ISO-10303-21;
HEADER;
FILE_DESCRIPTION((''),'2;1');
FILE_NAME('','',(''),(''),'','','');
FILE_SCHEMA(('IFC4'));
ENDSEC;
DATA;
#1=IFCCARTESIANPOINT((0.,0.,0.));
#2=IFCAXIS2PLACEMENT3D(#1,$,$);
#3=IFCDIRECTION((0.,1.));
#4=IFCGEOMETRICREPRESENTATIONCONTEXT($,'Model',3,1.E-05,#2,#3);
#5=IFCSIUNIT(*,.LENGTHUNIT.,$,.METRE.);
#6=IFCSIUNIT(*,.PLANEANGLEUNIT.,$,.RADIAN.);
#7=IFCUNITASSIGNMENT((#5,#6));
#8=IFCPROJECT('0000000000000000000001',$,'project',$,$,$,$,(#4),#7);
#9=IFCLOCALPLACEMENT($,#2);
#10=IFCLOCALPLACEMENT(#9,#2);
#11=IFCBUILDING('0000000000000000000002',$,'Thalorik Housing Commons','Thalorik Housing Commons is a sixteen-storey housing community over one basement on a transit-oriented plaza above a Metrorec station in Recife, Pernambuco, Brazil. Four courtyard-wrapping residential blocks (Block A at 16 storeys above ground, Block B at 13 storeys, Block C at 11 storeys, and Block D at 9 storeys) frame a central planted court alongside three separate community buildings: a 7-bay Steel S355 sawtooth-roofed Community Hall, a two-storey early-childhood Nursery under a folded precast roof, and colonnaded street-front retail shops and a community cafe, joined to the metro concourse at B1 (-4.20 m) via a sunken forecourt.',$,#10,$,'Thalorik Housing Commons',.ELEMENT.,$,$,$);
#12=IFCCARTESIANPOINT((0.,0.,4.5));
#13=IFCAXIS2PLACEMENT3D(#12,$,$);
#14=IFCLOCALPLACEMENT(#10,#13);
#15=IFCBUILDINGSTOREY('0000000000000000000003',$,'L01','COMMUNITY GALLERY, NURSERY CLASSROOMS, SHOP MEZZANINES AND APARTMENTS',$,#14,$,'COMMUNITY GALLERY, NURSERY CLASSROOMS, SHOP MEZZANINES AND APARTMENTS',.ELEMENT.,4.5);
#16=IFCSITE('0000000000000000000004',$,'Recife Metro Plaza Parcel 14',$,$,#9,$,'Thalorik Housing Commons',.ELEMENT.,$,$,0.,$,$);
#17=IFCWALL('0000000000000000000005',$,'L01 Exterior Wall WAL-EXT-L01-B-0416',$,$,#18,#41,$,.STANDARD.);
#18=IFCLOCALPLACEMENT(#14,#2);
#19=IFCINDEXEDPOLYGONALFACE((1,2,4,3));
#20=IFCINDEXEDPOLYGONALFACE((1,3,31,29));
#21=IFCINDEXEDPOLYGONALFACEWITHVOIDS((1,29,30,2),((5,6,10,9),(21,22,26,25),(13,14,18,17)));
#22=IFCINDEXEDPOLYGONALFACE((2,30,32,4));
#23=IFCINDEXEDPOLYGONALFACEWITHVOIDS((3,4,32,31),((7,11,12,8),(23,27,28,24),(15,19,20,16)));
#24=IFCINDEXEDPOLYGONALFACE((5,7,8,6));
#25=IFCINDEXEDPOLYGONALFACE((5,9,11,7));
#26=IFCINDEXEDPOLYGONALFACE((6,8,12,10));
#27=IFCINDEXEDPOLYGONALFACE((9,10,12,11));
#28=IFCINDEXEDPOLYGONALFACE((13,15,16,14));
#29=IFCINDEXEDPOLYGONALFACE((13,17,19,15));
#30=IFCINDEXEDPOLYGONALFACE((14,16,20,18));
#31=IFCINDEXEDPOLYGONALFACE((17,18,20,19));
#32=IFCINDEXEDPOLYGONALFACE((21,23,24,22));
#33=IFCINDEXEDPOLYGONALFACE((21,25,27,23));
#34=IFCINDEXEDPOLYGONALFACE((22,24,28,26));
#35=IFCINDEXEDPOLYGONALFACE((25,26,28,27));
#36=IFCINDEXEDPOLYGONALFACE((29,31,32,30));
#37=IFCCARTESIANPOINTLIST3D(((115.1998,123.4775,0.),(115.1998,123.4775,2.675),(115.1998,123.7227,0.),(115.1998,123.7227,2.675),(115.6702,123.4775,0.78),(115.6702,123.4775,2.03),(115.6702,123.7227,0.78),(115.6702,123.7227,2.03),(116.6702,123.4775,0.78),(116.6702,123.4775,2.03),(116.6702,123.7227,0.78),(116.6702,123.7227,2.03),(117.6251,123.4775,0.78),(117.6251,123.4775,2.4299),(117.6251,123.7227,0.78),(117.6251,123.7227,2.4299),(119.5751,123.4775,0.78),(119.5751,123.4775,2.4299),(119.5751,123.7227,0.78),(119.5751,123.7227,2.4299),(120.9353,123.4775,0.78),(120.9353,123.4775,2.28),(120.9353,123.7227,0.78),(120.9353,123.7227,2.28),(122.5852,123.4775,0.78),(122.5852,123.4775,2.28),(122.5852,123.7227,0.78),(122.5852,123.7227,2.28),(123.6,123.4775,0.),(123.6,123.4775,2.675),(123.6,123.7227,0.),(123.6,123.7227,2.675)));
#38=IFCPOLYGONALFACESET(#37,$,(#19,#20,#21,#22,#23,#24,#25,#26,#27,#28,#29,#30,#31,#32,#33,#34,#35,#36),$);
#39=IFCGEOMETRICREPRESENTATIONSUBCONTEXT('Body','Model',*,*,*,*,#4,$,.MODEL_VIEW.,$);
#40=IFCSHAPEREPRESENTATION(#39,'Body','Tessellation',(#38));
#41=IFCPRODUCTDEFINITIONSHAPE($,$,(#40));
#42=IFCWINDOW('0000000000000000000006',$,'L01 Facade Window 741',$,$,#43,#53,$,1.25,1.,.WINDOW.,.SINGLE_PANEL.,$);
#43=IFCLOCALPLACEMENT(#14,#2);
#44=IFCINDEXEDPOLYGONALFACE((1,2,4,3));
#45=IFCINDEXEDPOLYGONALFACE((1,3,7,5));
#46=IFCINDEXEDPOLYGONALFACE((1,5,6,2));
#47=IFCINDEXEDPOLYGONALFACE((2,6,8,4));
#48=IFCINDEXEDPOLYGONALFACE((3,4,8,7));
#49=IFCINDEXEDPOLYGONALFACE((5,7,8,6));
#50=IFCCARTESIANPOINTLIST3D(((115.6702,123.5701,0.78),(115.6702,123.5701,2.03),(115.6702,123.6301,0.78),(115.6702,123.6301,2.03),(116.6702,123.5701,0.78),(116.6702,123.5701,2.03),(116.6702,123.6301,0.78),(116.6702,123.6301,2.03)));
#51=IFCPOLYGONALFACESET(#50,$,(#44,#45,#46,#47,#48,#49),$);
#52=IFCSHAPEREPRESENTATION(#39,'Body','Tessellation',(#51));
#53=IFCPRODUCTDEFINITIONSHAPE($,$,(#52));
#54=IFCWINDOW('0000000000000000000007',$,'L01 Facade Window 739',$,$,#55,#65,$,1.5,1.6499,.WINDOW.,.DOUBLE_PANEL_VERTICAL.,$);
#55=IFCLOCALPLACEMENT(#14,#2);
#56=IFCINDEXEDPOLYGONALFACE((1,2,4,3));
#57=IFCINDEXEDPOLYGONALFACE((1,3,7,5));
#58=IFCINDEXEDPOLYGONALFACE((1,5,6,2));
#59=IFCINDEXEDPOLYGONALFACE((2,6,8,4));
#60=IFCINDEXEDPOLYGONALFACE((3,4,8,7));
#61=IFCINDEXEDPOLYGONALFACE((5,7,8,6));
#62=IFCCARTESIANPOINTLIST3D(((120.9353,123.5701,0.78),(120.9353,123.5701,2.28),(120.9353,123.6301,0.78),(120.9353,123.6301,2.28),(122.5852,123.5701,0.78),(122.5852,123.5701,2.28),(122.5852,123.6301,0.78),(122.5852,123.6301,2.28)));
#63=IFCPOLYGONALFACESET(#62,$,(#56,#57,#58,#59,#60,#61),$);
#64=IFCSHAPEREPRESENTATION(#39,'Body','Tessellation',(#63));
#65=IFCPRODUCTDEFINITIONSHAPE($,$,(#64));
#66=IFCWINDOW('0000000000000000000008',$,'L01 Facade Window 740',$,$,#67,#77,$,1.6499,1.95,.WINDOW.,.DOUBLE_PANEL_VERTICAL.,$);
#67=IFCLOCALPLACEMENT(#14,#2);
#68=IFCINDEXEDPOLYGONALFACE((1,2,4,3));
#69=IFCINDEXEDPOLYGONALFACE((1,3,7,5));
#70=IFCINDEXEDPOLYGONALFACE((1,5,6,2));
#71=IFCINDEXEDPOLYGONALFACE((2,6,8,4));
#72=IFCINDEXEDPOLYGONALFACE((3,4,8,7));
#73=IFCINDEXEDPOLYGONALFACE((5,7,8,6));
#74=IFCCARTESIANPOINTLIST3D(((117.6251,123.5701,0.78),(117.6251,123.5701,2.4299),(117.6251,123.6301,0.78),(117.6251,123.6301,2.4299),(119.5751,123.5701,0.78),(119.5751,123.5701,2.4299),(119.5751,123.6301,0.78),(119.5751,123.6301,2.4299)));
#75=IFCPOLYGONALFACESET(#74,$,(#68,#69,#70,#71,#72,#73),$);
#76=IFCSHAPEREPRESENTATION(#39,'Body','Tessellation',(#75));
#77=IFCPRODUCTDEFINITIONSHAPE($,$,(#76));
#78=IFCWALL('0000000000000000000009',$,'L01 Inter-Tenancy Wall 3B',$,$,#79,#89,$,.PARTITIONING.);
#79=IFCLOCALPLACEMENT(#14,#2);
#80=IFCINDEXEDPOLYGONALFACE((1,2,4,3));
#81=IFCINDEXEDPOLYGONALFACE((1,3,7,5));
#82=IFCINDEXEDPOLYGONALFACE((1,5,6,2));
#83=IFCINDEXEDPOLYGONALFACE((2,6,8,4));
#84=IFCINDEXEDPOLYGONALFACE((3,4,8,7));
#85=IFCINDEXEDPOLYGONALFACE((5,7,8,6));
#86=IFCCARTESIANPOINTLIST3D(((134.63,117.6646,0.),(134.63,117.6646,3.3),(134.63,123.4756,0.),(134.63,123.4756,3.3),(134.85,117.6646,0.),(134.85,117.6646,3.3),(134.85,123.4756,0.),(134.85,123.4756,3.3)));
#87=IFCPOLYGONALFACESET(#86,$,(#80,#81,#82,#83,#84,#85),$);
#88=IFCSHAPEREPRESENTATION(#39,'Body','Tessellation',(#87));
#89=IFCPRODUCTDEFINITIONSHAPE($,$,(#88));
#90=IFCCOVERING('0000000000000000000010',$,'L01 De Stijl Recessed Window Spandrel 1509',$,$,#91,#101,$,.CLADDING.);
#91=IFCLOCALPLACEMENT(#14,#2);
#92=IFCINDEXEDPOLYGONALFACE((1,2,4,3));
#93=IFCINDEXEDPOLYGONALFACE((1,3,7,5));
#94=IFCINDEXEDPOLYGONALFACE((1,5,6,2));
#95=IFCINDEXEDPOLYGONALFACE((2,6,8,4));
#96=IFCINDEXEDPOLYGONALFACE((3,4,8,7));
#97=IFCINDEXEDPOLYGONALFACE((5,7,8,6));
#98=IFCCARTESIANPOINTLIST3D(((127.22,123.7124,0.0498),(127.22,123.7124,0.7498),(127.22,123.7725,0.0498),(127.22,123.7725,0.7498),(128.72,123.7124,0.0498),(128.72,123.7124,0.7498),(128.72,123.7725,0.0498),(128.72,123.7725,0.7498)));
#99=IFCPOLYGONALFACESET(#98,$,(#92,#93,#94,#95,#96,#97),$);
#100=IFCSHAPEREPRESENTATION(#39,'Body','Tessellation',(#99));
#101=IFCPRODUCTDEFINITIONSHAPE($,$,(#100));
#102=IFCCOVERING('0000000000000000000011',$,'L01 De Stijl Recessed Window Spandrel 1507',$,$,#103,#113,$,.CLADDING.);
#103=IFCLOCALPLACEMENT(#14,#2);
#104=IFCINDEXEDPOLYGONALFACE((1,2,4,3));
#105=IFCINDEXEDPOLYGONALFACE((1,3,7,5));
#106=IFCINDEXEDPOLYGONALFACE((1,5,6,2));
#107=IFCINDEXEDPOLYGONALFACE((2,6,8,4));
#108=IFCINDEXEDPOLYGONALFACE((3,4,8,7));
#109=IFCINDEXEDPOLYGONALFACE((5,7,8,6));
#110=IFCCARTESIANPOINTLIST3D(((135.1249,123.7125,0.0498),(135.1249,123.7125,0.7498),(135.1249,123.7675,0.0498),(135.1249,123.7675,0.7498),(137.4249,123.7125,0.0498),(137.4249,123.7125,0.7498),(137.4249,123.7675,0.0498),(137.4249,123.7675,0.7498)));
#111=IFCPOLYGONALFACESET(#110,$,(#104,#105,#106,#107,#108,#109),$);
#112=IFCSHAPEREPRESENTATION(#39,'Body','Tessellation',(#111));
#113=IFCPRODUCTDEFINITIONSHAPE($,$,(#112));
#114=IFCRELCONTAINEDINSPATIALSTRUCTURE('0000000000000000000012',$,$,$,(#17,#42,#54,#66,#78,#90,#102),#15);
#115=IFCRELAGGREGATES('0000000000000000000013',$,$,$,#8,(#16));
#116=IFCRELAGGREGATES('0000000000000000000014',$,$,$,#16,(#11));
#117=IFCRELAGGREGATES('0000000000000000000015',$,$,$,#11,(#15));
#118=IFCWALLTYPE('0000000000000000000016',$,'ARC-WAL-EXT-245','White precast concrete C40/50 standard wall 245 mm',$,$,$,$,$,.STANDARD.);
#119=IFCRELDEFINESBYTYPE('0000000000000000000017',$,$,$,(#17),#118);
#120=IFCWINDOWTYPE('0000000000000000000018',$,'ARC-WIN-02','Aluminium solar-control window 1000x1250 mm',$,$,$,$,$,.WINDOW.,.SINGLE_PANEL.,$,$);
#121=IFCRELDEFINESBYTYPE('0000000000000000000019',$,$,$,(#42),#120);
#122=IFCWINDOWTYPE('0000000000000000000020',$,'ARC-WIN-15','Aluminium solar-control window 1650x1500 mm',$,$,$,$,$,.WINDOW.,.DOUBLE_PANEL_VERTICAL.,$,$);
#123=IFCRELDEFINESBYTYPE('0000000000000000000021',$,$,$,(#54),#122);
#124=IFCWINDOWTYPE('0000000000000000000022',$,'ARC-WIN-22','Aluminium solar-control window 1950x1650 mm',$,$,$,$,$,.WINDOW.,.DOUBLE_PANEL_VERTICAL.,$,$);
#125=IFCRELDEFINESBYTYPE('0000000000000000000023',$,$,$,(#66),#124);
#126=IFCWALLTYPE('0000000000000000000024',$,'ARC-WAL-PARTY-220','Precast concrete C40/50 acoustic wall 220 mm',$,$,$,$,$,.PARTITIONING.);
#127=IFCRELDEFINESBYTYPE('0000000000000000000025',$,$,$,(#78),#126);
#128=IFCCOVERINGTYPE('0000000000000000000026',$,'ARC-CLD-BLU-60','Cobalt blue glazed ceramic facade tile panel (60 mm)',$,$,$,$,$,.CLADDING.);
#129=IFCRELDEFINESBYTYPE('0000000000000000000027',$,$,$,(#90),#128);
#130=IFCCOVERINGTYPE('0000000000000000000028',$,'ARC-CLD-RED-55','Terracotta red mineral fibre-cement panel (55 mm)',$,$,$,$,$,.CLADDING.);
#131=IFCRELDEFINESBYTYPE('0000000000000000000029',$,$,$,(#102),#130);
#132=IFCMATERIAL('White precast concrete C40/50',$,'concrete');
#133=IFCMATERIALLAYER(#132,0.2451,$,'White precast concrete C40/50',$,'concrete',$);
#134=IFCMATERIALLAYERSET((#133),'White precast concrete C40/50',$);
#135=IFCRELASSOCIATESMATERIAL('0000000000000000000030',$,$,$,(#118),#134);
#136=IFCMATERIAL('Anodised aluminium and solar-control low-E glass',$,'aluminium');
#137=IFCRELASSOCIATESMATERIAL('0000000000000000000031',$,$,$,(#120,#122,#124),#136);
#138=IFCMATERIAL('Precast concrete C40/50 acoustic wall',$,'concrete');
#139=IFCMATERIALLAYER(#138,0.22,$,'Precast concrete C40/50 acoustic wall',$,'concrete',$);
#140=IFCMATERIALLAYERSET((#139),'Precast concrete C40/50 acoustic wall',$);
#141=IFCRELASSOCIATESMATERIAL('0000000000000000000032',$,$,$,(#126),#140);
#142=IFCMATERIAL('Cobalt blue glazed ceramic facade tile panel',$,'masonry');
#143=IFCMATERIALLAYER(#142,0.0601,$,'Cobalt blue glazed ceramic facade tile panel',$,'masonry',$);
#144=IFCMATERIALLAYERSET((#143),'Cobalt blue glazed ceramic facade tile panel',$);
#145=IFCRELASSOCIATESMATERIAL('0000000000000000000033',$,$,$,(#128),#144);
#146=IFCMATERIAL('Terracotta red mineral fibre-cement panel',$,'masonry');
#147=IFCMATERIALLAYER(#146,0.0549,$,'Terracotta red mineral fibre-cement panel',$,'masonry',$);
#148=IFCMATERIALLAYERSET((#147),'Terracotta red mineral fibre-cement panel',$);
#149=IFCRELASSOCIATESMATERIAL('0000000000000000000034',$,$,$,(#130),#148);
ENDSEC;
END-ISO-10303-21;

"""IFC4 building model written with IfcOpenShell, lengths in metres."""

from ifc_helpers import new_model, si_unit, direction, frame, frame_2d, origin, origin_2d, place, context, subcontext, project, spatial, rectangle, extrude, material, layer, layer_set, type_object, element, fill, save


model = new_model("IFC4")

# Units and contexts
model_context = context("Model", 3, precision=1e-05, world=origin(), true_north=direction((0.0, 1.0)))
body_context = subcontext(model_context, "Body", "Model", "MODEL_VIEW")
ifc_project = project(units=[si_unit("LENGTHUNIT", "METRE"), si_unit("PLANEANGLEUNIT", "RADIAN")], contexts=[model_context])

# Site, building, storey
site_placement = place(None, origin())
site = spatial("IfcSite", under=ifc_project, at=site_placement, Name="Recife Metro Plaza Parcel 14", LongName="Thalorik Housing Commons", CompositionType="ELEMENT", RefElevation=0.0)
building_placement = place(site_placement, origin())
building = spatial("IfcBuilding", under=site, at=building_placement, Name="Thalorik Housing Commons", Description="Thalorik Housing Commons is a sixteen-storey housing community over one basement on a transit-oriented plaza above a Metrorec station in Recife, Pernambuco, Brazil. Four courtyard-wrapping residential blocks (Block A at 16 storeys above ground, Block B at 13 storeys, Block C at 11 storeys, and Block D at 9 storeys) frame a central planted court alongside three separate community buildings: a 7-bay Steel S355 sawtooth-roofed Community Hall, a two-storey early-childhood Nursery under a folded precast roof, and colonnaded street-front retail shops and a community cafe, joined to the metro concourse at B1 (-4.20 m) via a sunken forecourt.", LongName="Thalorik Housing Commons", CompositionType="ELEMENT")
storey_placement = place(building_placement, frame((0.0, 0.0, 4.5)))
storey = spatial("IfcBuildingStorey", under=building, at=storey_placement, Name="L01", Description="COMMUNITY GALLERY, NURSERY CLASSROOMS, SHOP MEZZANINES AND APARTMENTS", LongName="COMMUNITY GALLERY, NURSERY CLASSROOMS, SHOP MEZZANINES AND APARTMENTS", CompositionType="ELEMENT", Elevation=4.5)

# Wall, openings, windows
ifc_material_1 = material(Name="White precast concrete C40/50", Category="concrete")
ifc_layer_1 = layer(ifc_material_1, 0.2451, Name="White precast concrete C40/50", Category="concrete")
ifc_layer_set_1 = layer_set([ifc_layer_1], Name="White precast concrete C40/50")
wall_type_1 = type_object("IfcWallType", Name="ARC-WAL-EXT-245", Description="White precast concrete C40/50 standard wall 245 mm", PredefinedType="STANDARD", material=ifc_layer_set_1)
ifc_material_2 = material(Name="Anodised aluminium and solar-control low-E glass", Category="aluminium")
wall_1_placement = place(storey_placement, frame((123.6001, 123.6001, 0.0), z_axis=(0.0, 0.0, 1.0), x_axis=(-1.0, 0.0, 0.0)))
wall_1 = element("IfcWall", 1, at=wall_1_placement, inside=storey, type_object=wall_type_1, Name="L01 Exterior Wall WAL-EXT-L01-B-0416", PredefinedType="STANDARD", context=body_context, shape_type="SweptSolid", body=[
    extrude(rectangle(XDim=8.4001, YDim=0.2451, at=frame_2d((4.2002, 0.0))), origin(), (0.0, 0.0, 1.0), 2.675),
])
opening_1_placement = place(wall_1_placement, frame((1.0149, 0.0, 0.78)))
opening_1 = element("IfcOpeningElement", 2, at=opening_1_placement, cuts=wall_1, PredefinedType="OPENING", context=body_context, shape_type="SweptSolid", body=[
    extrude(rectangle(XDim=1.6499, YDim=1.5, at=frame_2d((0.825, 0.75))), frame((0.0, 0.1326, 0.0), z_axis=(0.0, -1.0, 0.0), x_axis=(1.0, 0.0, 0.0)), (0.0, 0.0, 1.0), 0.2651),
])
opening_2_placement = place(wall_1_placement, frame((4.0249, 0.0, 0.78)))
opening_2 = element("IfcOpeningElement", 3, at=opening_2_placement, cuts=wall_1, PredefinedType="OPENING", context=body_context, shape_type="SweptSolid", body=[
    extrude(rectangle(XDim=1.95, YDim=1.6499, at=frame_2d((0.9751, 0.825))), frame((0.0, 0.1326, 0.0), z_axis=(0.0, -1.0, 0.0), x_axis=(1.0, 0.0, 0.0)), (0.0, 0.0, 1.0), 0.2651),
])
opening_3_placement = place(wall_1_placement, frame((6.9299, 0.0, 0.78)))
opening_3 = element("IfcOpeningElement", 4, at=opening_3_placement, cuts=wall_1, PredefinedType="OPENING", context=body_context, shape_type="SweptSolid", body=[
    extrude(rectangle(XDim=1.0, YDim=1.25, at=frame_2d((0.5, 0.625))), frame((0.0, 0.1326, 0.0), z_axis=(0.0, -1.0, 0.0), x_axis=(1.0, 0.0, 0.0)), (0.0, 0.0, 1.0), 0.2651),
])
window_type_1 = type_object("IfcWindowType", Name="ARC-WIN-02", Description="Aluminium solar-control window 1000x1250 mm", PartitioningType="SINGLE_PANEL", PredefinedType="WINDOW", material=ifc_material_2)
window_1_placement = place(opening_3_placement, origin())
window_1 = element("IfcWindow", 5, at=window_1_placement, inside=storey, type_object=window_type_1, Name="L01 Facade Window 741", OverallHeight=1.25, OverallWidth=1.0, PartitioningType="SINGLE_PANEL", PredefinedType="WINDOW", context=body_context, shape_type="SweptSolid", body=[
    extrude(rectangle(XDim=1.0, YDim=1.25, at=frame_2d((0.5, 0.625))), frame((0.0, 0.03, 0.0), z_axis=(0.0, -1.0, 0.0), x_axis=(1.0, 0.0, 0.0)), (0.0, 0.0, 1.0), 0.0601),
])
fill(opening_3, window_1)
window_type_2 = type_object("IfcWindowType", Name="ARC-WIN-15", Description="Aluminium solar-control window 1650x1500 mm", PartitioningType="DOUBLE_PANEL_VERTICAL", PredefinedType="WINDOW", material=ifc_material_2)
window_2_placement = place(opening_1_placement, origin())
window_2 = element("IfcWindow", 6, at=window_2_placement, inside=storey, type_object=window_type_2, Name="L01 Facade Window 739", OverallHeight=1.5, OverallWidth=1.6499, PartitioningType="DOUBLE_PANEL_VERTICAL", PredefinedType="WINDOW", context=body_context, shape_type="SweptSolid", body=[
    extrude(rectangle(XDim=1.6499, YDim=1.5, at=frame_2d((0.825, 0.75))), frame((0.0, 0.03, 0.0), z_axis=(0.0, -1.0, 0.0), x_axis=(1.0, 0.0, 0.0)), (0.0, 0.0, 1.0), 0.0601),
])
fill(opening_1, window_2)
window_type_3 = type_object("IfcWindowType", Name="ARC-WIN-22", Description="Aluminium solar-control window 1950x1650 mm", PartitioningType="DOUBLE_PANEL_VERTICAL", PredefinedType="WINDOW", material=ifc_material_2)
window_3_placement = place(opening_2_placement, origin())
window_3 = element("IfcWindow", 7, at=window_3_placement, inside=storey, type_object=window_type_3, Name="L01 Facade Window 740", OverallHeight=1.6499, OverallWidth=1.95, PartitioningType="DOUBLE_PANEL_VERTICAL", PredefinedType="WINDOW", context=body_context, shape_type="SweptSolid", body=[
    extrude(rectangle(XDim=1.95, YDim=1.6499, at=frame_2d((0.9751, 0.825))), frame((0.0, 0.03, 0.0), z_axis=(0.0, -1.0, 0.0), x_axis=(1.0, 0.0, 0.0)), (0.0, 0.0, 1.0), 0.0601),
])
fill(opening_2, window_3)

# Wall
ifc_material_3 = material(Name="Precast concrete C40/50 acoustic wall", Category="concrete")
ifc_layer_2 = layer(ifc_material_3, 0.22, Name="Precast concrete C40/50 acoustic wall", Category="concrete")
ifc_layer_set_2 = layer_set([ifc_layer_2], Name="Precast concrete C40/50 acoustic wall")
wall_type_2 = type_object("IfcWallType", Name="ARC-WAL-PARTY-220", Description="Precast concrete C40/50 acoustic wall 220 mm", PredefinedType="PARTITIONING", material=ifc_layer_set_2)
wall_2_placement = place(storey_placement, frame((134.74, 117.6646, 0.0), z_axis=(0.0, 0.0, 1.0), x_axis=(0.0, 1.0, 0.0)))
element("IfcWall", 8, at=wall_2_placement, inside=storey, type_object=wall_type_2, Name="L01 Inter-Tenancy Wall 3B", PredefinedType="PARTITIONING", context=body_context, shape_type="SweptSolid", body=[
    extrude(rectangle(XDim=5.811, YDim=0.22, at=frame_2d((2.9055, 0.0))), origin(), (0.0, 0.0, 1.0), 3.3),
])

# Coverings
ifc_material_4 = material(Name="Cobalt blue glazed ceramic facade tile panel", Category="masonry")
ifc_layer_3 = layer(ifc_material_4, 0.0601, Name="Cobalt blue glazed ceramic facade tile panel", Category="masonry")
ifc_layer_set_3 = layer_set([ifc_layer_3], Name="Cobalt blue glazed ceramic facade tile panel")
covering_type_1 = type_object("IfcCoveringType", Name="ARC-CLD-BLU-60", Description="Cobalt blue glazed ceramic facade tile panel (60 mm)", PredefinedType="CLADDING", material=ifc_layer_set_3)
covering_1_placement = place(storey_placement, frame((127.97, 123.7424, 0.0498), z_axis=(0.0, 0.0, 1.0), x_axis=(-1.0, 0.0, 0.0)))
element("IfcCovering", 9, at=covering_1_placement, inside=storey, type_object=covering_type_1, Name="L01 De Stijl Recessed Window Spandrel 1509", PredefinedType="CLADDING", context=body_context, shape_type="SweptSolid", body=[
    extrude(rectangle(XDim=1.5, YDim=0.0601, at=origin_2d()), origin(), (0.0, 0.0, 1.0), 0.7),
])
ifc_material_5 = material(Name="Terracotta red mineral fibre-cement panel", Category="masonry")
ifc_layer_4 = layer(ifc_material_5, 0.0549, Name="Terracotta red mineral fibre-cement panel", Category="masonry")
ifc_layer_set_4 = layer_set([ifc_layer_4], Name="Terracotta red mineral fibre-cement panel")
covering_type_2 = type_object("IfcCoveringType", Name="ARC-CLD-RED-55", Description="Terracotta red mineral fibre-cement panel (55 mm)", PredefinedType="CLADDING", material=ifc_layer_set_4)
covering_2_placement = place(storey_placement, frame((136.2749, 123.74, 0.0498), z_axis=(0.0, 0.0, 1.0), x_axis=(-1.0, 0.0, 0.0)))
element("IfcCovering", 10, at=covering_2_placement, inside=storey, type_object=covering_type_2, Name="L01 De Stijl Recessed Window Spandrel 1507", PredefinedType="CLADDING", context=body_context, shape_type="SweptSolid", body=[
    extrude(rectangle(XDim=2.3, YDim=0.0549, at=origin_2d()), origin(), (0.0, 0.0, 1.0), 0.7),
])

save(model, "model.ifc")
